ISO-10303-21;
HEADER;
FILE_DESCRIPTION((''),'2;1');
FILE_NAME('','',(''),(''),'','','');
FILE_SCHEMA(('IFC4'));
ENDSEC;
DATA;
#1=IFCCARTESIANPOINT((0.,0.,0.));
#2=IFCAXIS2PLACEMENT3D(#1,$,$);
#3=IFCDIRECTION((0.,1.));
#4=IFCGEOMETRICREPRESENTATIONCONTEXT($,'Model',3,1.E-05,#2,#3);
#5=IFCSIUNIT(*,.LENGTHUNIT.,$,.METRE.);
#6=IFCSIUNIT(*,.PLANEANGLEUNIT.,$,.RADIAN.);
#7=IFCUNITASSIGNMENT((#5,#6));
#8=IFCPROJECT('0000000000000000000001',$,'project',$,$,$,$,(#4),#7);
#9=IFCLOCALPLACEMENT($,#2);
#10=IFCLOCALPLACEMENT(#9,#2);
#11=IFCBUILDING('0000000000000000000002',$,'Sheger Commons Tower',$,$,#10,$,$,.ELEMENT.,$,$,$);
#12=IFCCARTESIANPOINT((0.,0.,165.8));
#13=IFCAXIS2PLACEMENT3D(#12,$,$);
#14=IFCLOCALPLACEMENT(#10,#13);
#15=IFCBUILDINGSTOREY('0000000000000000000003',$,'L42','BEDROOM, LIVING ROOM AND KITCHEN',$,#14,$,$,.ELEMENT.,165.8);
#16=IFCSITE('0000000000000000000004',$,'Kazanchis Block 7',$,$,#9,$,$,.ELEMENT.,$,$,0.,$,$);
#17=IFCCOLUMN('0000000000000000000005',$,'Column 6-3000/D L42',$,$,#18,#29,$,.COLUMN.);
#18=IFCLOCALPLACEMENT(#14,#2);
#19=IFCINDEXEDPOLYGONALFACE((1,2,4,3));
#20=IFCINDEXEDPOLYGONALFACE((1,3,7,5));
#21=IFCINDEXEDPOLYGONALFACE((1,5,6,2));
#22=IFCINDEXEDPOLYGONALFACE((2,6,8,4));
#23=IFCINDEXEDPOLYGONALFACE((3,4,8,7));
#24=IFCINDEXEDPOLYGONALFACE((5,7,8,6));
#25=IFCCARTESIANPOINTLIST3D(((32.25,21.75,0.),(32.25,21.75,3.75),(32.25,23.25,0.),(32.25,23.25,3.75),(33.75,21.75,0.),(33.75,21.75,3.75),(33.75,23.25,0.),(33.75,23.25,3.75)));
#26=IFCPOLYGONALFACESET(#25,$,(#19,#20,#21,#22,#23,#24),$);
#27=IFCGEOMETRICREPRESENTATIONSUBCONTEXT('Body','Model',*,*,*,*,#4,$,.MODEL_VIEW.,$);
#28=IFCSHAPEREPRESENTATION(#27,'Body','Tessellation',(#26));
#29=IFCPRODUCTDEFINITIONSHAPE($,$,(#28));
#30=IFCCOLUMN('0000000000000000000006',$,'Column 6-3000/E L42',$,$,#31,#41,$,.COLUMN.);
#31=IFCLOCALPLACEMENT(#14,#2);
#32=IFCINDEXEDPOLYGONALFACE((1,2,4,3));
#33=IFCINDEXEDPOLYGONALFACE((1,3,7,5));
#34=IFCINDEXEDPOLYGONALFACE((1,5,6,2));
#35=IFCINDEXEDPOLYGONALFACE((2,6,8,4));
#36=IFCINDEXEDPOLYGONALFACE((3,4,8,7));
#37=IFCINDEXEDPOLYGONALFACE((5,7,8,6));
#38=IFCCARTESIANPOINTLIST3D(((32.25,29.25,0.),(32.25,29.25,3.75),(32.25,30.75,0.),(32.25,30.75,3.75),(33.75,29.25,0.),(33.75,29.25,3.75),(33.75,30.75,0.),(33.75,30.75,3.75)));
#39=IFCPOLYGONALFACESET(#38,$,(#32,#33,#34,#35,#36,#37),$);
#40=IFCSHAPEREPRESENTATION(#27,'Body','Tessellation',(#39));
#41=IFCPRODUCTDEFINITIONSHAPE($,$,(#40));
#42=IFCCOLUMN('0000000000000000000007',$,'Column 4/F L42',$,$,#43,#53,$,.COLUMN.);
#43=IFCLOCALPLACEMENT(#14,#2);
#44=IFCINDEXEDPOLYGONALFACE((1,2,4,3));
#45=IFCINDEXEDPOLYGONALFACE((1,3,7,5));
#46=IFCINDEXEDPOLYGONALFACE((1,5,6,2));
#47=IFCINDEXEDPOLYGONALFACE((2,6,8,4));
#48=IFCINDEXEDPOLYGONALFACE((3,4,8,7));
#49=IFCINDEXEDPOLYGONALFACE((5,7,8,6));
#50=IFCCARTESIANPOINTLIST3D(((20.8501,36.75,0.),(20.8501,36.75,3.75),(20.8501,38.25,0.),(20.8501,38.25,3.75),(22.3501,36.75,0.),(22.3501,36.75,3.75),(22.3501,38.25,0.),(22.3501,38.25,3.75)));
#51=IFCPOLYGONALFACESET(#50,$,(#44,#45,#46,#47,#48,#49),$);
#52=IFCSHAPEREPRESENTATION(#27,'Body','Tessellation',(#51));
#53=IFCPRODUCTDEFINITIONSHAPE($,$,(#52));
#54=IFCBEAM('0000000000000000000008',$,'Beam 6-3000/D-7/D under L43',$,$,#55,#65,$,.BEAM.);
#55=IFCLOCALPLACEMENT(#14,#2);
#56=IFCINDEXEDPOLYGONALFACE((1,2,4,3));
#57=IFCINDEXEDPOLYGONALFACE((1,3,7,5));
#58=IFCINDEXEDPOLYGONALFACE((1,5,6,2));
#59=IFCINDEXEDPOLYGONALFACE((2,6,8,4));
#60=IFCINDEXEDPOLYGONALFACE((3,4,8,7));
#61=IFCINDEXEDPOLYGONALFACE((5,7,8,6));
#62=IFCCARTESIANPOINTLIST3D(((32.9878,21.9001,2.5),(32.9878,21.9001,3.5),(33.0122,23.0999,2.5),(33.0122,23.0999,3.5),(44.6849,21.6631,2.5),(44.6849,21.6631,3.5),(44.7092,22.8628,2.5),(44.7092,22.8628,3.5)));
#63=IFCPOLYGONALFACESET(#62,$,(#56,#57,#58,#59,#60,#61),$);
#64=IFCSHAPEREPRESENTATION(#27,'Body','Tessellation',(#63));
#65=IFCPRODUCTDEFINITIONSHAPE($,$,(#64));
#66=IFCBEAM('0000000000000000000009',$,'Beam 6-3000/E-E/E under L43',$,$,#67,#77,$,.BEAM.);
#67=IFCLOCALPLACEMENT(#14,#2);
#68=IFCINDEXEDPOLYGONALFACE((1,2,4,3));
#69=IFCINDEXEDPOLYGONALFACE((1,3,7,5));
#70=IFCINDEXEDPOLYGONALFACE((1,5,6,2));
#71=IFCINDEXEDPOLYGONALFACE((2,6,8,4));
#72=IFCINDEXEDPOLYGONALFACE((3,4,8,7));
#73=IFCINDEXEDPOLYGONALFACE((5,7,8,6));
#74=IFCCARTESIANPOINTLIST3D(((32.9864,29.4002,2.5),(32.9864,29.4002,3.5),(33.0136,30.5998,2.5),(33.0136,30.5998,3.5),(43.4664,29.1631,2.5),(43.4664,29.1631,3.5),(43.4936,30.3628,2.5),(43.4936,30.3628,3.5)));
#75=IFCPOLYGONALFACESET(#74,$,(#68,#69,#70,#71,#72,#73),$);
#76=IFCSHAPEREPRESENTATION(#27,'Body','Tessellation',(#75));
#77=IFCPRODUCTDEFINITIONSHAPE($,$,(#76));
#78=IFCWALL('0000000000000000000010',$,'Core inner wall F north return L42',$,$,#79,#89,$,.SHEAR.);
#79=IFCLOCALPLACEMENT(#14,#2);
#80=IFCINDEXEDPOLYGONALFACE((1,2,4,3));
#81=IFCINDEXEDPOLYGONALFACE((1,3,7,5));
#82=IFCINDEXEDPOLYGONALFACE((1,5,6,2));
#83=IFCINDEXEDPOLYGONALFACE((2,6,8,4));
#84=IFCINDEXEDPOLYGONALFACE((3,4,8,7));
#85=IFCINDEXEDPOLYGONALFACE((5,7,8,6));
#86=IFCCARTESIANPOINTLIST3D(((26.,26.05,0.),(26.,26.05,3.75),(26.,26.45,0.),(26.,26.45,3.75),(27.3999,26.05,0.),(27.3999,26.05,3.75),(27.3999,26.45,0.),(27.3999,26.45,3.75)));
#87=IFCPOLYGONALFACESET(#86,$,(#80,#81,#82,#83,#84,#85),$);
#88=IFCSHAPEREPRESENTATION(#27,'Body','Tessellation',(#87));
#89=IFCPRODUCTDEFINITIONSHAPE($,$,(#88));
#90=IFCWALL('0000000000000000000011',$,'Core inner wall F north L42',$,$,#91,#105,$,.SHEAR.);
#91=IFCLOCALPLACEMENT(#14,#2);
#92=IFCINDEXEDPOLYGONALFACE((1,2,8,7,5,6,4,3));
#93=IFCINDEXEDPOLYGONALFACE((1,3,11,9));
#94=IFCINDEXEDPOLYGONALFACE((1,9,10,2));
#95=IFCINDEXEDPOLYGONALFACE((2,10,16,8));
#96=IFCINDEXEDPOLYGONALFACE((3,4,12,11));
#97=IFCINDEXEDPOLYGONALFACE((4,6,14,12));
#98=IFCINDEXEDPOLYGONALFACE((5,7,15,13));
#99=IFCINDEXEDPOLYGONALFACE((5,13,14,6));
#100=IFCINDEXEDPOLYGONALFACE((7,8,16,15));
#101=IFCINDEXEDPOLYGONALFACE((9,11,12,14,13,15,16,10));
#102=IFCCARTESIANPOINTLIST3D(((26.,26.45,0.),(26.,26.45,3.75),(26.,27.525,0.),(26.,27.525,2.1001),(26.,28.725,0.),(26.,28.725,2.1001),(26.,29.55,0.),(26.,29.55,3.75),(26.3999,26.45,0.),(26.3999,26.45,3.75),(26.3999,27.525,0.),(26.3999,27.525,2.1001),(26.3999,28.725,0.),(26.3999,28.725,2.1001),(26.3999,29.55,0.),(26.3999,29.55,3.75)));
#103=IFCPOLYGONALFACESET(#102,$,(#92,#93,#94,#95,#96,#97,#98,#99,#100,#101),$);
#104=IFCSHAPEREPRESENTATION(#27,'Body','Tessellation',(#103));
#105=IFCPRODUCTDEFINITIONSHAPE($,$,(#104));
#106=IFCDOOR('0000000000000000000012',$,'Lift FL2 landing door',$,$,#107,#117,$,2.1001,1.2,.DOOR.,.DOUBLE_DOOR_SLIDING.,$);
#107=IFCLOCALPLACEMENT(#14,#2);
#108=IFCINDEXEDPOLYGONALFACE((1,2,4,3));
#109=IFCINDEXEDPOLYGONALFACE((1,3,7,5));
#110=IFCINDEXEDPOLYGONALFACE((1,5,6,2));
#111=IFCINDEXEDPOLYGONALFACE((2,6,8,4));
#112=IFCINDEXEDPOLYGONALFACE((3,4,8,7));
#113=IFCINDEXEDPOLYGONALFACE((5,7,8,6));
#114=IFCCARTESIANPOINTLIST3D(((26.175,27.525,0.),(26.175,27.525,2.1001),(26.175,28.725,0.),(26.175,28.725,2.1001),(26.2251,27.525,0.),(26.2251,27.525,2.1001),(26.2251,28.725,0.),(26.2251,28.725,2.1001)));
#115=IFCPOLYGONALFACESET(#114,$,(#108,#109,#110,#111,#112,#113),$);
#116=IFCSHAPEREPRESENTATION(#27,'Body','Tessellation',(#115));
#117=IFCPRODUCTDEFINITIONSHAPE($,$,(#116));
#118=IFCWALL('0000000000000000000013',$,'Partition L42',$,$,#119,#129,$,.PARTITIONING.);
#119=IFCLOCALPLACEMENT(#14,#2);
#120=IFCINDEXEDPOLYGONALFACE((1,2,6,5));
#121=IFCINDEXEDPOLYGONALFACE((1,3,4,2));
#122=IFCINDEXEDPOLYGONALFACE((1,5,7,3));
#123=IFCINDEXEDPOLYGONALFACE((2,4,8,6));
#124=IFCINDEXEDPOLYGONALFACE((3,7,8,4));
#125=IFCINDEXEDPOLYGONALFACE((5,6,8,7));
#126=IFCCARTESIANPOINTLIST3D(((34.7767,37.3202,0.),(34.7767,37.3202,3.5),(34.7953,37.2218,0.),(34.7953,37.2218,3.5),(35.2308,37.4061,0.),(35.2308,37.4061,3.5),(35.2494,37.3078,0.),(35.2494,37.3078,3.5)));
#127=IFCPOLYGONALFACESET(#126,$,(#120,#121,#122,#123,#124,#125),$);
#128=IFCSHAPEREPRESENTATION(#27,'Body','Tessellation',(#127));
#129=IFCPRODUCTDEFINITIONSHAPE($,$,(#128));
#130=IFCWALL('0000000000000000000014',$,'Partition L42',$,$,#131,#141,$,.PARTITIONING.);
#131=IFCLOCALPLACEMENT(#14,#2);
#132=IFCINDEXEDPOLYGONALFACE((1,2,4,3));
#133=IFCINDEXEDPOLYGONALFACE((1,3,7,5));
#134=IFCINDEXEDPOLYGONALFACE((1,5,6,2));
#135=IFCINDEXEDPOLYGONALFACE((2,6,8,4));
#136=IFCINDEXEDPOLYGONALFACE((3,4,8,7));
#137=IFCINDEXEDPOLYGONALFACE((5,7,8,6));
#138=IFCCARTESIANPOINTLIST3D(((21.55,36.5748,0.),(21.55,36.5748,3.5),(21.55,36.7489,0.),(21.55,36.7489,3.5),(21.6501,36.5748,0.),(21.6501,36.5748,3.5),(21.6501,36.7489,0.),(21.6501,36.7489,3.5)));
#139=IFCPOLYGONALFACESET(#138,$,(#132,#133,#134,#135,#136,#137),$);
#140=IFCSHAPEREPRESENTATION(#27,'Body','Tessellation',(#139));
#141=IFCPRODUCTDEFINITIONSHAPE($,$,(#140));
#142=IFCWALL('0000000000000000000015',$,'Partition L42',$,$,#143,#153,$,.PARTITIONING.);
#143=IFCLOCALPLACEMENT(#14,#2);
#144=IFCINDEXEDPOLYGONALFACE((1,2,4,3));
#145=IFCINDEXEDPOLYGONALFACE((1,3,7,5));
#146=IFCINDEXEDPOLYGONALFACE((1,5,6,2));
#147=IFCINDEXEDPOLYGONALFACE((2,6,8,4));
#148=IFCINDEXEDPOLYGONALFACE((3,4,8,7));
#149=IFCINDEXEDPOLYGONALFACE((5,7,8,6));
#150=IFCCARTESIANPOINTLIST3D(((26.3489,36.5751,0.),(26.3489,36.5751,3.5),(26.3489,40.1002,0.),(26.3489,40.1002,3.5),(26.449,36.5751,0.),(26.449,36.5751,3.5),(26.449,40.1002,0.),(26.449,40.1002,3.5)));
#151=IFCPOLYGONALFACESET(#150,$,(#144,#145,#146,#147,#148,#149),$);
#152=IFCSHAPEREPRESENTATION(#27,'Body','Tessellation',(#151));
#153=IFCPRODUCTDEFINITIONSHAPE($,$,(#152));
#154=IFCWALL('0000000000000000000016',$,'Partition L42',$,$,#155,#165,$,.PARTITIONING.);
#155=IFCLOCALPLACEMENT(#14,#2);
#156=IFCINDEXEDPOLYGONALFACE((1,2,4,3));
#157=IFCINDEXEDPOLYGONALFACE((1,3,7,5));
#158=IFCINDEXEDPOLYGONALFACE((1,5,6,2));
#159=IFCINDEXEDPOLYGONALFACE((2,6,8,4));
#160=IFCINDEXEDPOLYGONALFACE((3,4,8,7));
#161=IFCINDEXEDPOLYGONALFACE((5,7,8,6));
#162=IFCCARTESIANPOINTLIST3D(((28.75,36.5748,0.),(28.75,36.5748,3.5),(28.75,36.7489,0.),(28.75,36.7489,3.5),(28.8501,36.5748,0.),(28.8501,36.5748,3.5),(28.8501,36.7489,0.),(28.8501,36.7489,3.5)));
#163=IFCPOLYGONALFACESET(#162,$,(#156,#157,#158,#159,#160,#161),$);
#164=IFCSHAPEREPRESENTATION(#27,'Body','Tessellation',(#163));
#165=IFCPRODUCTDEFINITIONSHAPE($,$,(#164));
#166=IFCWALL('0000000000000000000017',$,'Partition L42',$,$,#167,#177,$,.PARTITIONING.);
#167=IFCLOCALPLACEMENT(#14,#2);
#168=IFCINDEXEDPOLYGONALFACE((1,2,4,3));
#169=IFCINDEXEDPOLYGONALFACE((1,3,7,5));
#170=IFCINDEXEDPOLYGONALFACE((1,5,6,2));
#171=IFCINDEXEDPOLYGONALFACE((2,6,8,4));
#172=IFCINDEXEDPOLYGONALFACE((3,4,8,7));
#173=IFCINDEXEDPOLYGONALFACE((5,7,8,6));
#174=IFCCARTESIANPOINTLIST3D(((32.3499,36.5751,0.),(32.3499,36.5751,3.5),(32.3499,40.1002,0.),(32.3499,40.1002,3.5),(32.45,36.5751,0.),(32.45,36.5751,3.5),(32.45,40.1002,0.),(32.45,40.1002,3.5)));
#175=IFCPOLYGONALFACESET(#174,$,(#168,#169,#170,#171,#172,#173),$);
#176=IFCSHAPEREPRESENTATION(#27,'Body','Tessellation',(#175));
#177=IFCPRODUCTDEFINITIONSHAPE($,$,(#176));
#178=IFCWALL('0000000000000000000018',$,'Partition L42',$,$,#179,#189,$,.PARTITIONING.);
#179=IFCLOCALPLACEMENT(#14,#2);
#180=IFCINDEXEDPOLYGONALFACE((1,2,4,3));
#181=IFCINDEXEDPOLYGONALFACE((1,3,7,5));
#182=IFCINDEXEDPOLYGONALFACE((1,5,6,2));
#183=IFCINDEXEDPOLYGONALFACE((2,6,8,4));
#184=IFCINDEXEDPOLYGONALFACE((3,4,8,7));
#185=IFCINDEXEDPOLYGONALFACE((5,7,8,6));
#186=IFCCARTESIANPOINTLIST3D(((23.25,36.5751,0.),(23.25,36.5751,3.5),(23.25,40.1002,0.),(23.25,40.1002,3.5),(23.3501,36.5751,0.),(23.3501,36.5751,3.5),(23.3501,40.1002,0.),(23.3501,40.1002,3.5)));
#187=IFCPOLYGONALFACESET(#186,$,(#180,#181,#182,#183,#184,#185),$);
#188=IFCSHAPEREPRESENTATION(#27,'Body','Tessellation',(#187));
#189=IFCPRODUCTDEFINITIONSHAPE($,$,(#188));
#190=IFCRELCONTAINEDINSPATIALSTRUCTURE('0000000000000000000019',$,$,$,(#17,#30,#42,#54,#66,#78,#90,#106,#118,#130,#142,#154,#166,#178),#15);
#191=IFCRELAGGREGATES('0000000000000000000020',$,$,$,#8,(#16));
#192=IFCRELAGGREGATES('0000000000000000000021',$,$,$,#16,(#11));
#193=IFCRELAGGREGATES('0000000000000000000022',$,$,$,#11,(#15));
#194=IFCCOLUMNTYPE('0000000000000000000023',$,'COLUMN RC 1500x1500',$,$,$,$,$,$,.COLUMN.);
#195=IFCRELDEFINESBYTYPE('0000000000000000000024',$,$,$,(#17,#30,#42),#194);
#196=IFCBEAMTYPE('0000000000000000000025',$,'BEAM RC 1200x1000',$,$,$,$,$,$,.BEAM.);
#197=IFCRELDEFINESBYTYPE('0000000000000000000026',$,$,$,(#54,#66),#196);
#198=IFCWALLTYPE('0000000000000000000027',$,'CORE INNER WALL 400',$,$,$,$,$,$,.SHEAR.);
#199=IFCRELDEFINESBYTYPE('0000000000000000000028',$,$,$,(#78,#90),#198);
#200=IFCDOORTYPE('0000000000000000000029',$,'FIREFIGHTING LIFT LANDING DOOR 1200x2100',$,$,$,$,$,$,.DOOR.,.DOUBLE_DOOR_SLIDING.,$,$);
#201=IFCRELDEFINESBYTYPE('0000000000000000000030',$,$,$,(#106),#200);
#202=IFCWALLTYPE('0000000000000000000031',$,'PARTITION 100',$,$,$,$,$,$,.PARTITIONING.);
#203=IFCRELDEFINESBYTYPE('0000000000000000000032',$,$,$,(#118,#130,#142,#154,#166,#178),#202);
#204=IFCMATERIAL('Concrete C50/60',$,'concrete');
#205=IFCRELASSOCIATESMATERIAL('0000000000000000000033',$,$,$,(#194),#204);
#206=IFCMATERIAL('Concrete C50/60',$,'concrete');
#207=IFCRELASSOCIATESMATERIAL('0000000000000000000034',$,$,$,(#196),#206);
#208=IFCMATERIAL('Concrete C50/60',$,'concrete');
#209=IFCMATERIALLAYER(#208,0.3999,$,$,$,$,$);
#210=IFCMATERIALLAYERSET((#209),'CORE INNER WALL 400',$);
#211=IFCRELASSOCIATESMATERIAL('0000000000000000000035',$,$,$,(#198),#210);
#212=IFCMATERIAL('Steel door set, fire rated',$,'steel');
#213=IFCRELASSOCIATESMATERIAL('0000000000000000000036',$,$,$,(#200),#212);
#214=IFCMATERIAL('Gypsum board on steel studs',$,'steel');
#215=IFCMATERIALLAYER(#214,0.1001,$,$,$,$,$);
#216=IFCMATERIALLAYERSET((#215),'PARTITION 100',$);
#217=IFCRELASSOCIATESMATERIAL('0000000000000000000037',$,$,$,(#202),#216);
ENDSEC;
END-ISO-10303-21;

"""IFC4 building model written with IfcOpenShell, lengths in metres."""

from ifc_helpers import new_model, si_unit, direction, frame, frame_2d, origin, origin_2d, place, context, subcontext, project, spatial, rectangle, extrude, material, layer, layer_set, material_profile, profile_set, type_object, element, fill, save


model = new_model("IFC4")

# Units and contexts
model_context = context("Model", 3, precision=1e-05, world=origin(), true_north=direction((0.0, 1.0)))
body_context = subcontext(model_context, "Body", "Model", "MODEL_VIEW")
ifc_project = project(units=[si_unit("LENGTHUNIT", "METRE"), si_unit("PLANEANGLEUNIT", "RADIAN")], contexts=[model_context])

# Site, building, storey
site_placement = place(None, origin())
site = spatial("IfcSite", under=ifc_project, at=site_placement, Name="Kazanchis Block 7", CompositionType="ELEMENT", RefElevation=0.0)
building_placement = place(site_placement, origin())
building = spatial("IfcBuilding", under=site, at=building_placement, Name="Sheger Commons Tower", CompositionType="ELEMENT")
storey_placement = place(building_placement, frame((0.0, 0.0, 165.8)))
storey = spatial("IfcBuildingStorey", under=building, at=storey_placement, Name="L42", Description="BEDROOM, LIVING ROOM AND KITCHEN", CompositionType="ELEMENT", Elevation=165.8)

# Columns
ifc_material_1 = material(Name="Concrete C50/60", Category="concrete")
ifc_material_profile_1 = material_profile(ifc_material_1, rectangle(XDim=1.5, YDim=1.5, at=origin_2d()), Name="RC 1500x1500")
ifc_profile_set_1 = profile_set([ifc_material_profile_1], Name="Concrete C50/60")
column_type = type_object("IfcColumnType", Name="COLUMN RC 1500x1500", PredefinedType="COLUMN", material=ifc_profile_set_1)
for number, where, z_axis, x_axis, name in (
    (1, (33.0, 22.5, 0.0), (0.0, 0.0, 1.0), (1.0, 0.0, 0.0), "Column 6-3000/D L42"),
    (2, (33.0, 30.0, 0.0), (0.0, 0.0, 1.0), (1.0, 0.0, 0.0), "Column 6-3000/E L42"),
    (3, (21.6001, 37.5, 0.0), (0.0, 0.0, 1.0), (1.0, 0.0, 0.0), "Column 4/F L42"),
):
    element("IfcColumn", number, at=place(storey_placement, frame(where, z_axis=z_axis, x_axis=x_axis)), inside=storey, type_object=column_type, Name=name, PredefinedType="COLUMN", context=body_context, shape_type="SweptSolid", body=[
        extrude(rectangle(XDim=1.5, YDim=1.5, at=origin_2d()), origin(), (0.0, 0.0, 1.0), 3.75),
    ])

# Beams
ifc_material_2 = material(Name="Concrete C50/60", Category="concrete")
ifc_material_profile_2 = material_profile(ifc_material_2, rectangle(XDim=1.2, YDim=1.0, at=origin_2d()), Name="RC 1200x1000")
ifc_profile_set_2 = profile_set([ifc_material_profile_2], Name="Concrete C50/60")
beam_type = type_object("IfcBeamType", Name="BEAM RC 1200x1000", PredefinedType="BEAM", material=ifc_profile_set_2)
beam_1_placement = place(storey_placement, frame((33.0, 22.5, 3.0), z_axis=(0.999795, -0.020263, 0.0), x_axis=(0.020263, 0.999795, 0.0)))
element("IfcBeam", 4, at=beam_1_placement, inside=storey, type_object=beam_type, Name="Beam 6-3000/D-7/D under L43", PredefinedType="BEAM", context=body_context, shape_type="SweptSolid", body=[
    extrude(rectangle(XDim=1.2, YDim=1.0, at=origin_2d()), origin(), (0.0, 0.0, 1.0), 11.6995),
])
beam_2_placement = place(storey_placement, frame((33.0, 30.0, 3.0), z_axis=(0.999744, -0.022615, 0.0), x_axis=(0.022615, 0.999744, 0.0)))
element("IfcBeam", 5, at=beam_2_placement, inside=storey, type_object=beam_type, Name="Beam 6-3000/E-E/E under L43", PredefinedType="BEAM", context=body_context, shape_type="SweptSolid", body=[
    extrude(rectangle(XDim=1.2, YDim=1.0, at=origin_2d()), origin(), (0.0, 0.0, 1.0), 10.4827),
])

# Wall
ifc_material_3 = material(Name="Concrete C50/60", Category="concrete")
ifc_layer_1 = layer(ifc_material_3, 0.3999)
ifc_layer_set_1 = layer_set([ifc_layer_1], Name="CORE INNER WALL 400")
wall_type_1 = type_object("IfcWallType", Name="CORE INNER WALL 400", PredefinedType="SHEAR", material=ifc_layer_set_1)
wall_1_placement = place(storey_placement, frame((26.0, 26.25, 0.0), z_axis=(0.0, 0.0, 1.0), x_axis=(1.0, 0.0, 0.0)))
element("IfcWall", 6, at=wall_1_placement, inside=storey, type_object=wall_type_1, Name="Core inner wall F north return L42", PredefinedType="SHEAR", context=body_context, shape_type="SweptSolid", body=[
    extrude(rectangle(XDim=1.3999, YDim=0.3999, at=frame_2d((0.7, 0.0))), origin(), (0.0, 0.0, 1.0), 3.75),
])

# Wall, opening, door
wall_2_placement = place(storey_placement, frame((26.2, 26.45, 0.0), z_axis=(0.0, 0.0, 1.0), x_axis=(0.0, 1.0, 0.0)))
wall_2 = element("IfcWall", 7, at=wall_2_placement, inside=storey, type_object=wall_type_1, Name="Core inner wall F north L42", PredefinedType="SHEAR", context=body_context, shape_type="SweptSolid", body=[
    extrude(rectangle(XDim=3.1001, YDim=0.3999, at=frame_2d((1.55, 0.0))), origin(), (0.0, 0.0, 1.0), 3.75),
])
opening_1_placement = place(wall_2_placement, frame((1.075, 0.0, 0.0)))
opening_1 = element("IfcOpeningElement", 8, at=opening_1_placement, cuts=wall_2, PredefinedType="OPENING", context=body_context, shape_type="SweptSolid", body=[
    extrude(rectangle(XDim=1.2, YDim=2.1001, at=frame_2d((0.6001, 1.05))), frame((0.0, 0.21, 0.0), z_axis=(0.0, -1.0, 0.0), x_axis=(1.0, 0.0, 0.0)), (0.0, 0.0, 1.0), 0.4199),
])
ifc_material_4 = material(Name="Steel door set, fire rated", Category="steel")
door_type_1 = type_object("IfcDoorType", Name="FIREFIGHTING LIFT LANDING DOOR 1200x2100", OperationType="DOUBLE_DOOR_SLIDING", PredefinedType="DOOR", material=ifc_material_4)
door_1_placement = place(opening_1_placement, origin())
door_1 = element("IfcDoor", 9, at=door_1_placement, inside=storey, type_object=door_type_1, Name="Lift FL2 landing door", OperationType="DOUBLE_DOOR_SLIDING", OverallHeight=2.1001, OverallWidth=1.2, PredefinedType="DOOR", context=body_context, shape_type="SweptSolid", body=[
    extrude(rectangle(XDim=1.2, YDim=2.1001, at=frame_2d((0.6001, 1.05))), frame((0.0, 0.0249, 0.0), z_axis=(0.0, -1.0, 0.0), x_axis=(1.0, 0.0, 0.0)), (0.0, 0.0, 1.0), 0.05),
])
fill(opening_1, door_1)

# Walls
ifc_material_5 = material(Name="Gypsum board on steel studs", Category="steel")
ifc_layer_2 = layer(ifc_material_5, 0.1001)
ifc_layer_set_2 = layer_set([ifc_layer_2], Name="PARTITION 100")
wall_type_2 = type_object("IfcWallType", Name="PARTITION 100", PredefinedType="PARTITIONING", material=ifc_layer_set_2)
wall_3_placement = place(storey_placement, frame((35.24, 37.3569, 0.0), z_axis=(0.0, 0.0, 1.0), x_axis=(-0.98256, -0.185947, 0.0)))
element("IfcWall", 10, at=wall_3_placement, inside=storey, type_object=wall_type_2, Name="Partition L42", PredefinedType="PARTITIONING", context=body_context, shape_type="SweptSolid", body=[
    extrude(rectangle(XDim=0.4622, YDim=0.1001, at=frame_2d((0.231, 0.0))), origin(), (0.0, 0.0, 1.0), 3.5),
])
wall_4_placement = place(storey_placement, frame((21.6001, 36.575, 0.0), z_axis=(0.0, 0.0, 1.0), x_axis=(0.0, 1.0, 0.0)))
element("IfcWall", 11, at=wall_4_placement, inside=storey, type_object=wall_type_2, Name="Partition L42", PredefinedType="PARTITIONING", context=body_context, shape_type="SweptSolid", body=[
    extrude(rectangle(XDim=0.1741, YDim=0.1001, at=frame_2d((0.0869, 0.0))), origin(), (0.0, 0.0, 1.0), 3.5),
])
wall_5_placement = place(storey_placement, frame((26.3989, 36.575, 0.0), z_axis=(0.0, 0.0, 1.0), x_axis=(0.0, 1.0, 0.0)))
element("IfcWall", 12, at=wall_5_placement, inside=storey, type_object=wall_type_2, Name="Partition L42", PredefinedType="PARTITIONING", context=body_context, shape_type="SweptSolid", body=[
    extrude(rectangle(XDim=3.5251, YDim=0.1001, at=frame_2d((1.7627, 0.0))), origin(), (0.0, 0.0, 1.0), 3.5),
])
wall_6_placement = place(storey_placement, frame((28.8, 36.575, 0.0), z_axis=(0.0, 0.0, 1.0), x_axis=(0.0, 1.0, 0.0)))
element("IfcWall", 13, at=wall_6_placement, inside=storey, type_object=wall_type_2, Name="Partition L42", PredefinedType="PARTITIONING", context=body_context, shape_type="SweptSolid", body=[
    extrude(rectangle(XDim=0.1741, YDim=0.1001, at=frame_2d((0.0869, 0.0))), origin(), (0.0, 0.0, 1.0), 3.5),
])
for number, where, z_axis, x_axis, name in (
    (14, (32.3999, 36.575, 0.0), (0.0, 0.0, 1.0), (0.0, 1.0, 0.0), "Partition L42"),
    (15, (23.3, 36.575, 0.0), (0.0, 0.0, 1.0), (0.0, 1.0, 0.0), "Partition L42"),
):
    element("IfcWall", number, at=place(storey_placement, frame(where, z_axis=z_axis, x_axis=x_axis)), inside=storey, type_object=wall_type_2, Name=name, PredefinedType="PARTITIONING", context=body_context, shape_type="SweptSolid", body=[
        extrude(rectangle(XDim=3.5251, YDim=0.1001, at=frame_2d((1.7627, 0.0))), origin(), (0.0, 0.0, 1.0), 3.5),
    ])

save(model, "model.ifc")
